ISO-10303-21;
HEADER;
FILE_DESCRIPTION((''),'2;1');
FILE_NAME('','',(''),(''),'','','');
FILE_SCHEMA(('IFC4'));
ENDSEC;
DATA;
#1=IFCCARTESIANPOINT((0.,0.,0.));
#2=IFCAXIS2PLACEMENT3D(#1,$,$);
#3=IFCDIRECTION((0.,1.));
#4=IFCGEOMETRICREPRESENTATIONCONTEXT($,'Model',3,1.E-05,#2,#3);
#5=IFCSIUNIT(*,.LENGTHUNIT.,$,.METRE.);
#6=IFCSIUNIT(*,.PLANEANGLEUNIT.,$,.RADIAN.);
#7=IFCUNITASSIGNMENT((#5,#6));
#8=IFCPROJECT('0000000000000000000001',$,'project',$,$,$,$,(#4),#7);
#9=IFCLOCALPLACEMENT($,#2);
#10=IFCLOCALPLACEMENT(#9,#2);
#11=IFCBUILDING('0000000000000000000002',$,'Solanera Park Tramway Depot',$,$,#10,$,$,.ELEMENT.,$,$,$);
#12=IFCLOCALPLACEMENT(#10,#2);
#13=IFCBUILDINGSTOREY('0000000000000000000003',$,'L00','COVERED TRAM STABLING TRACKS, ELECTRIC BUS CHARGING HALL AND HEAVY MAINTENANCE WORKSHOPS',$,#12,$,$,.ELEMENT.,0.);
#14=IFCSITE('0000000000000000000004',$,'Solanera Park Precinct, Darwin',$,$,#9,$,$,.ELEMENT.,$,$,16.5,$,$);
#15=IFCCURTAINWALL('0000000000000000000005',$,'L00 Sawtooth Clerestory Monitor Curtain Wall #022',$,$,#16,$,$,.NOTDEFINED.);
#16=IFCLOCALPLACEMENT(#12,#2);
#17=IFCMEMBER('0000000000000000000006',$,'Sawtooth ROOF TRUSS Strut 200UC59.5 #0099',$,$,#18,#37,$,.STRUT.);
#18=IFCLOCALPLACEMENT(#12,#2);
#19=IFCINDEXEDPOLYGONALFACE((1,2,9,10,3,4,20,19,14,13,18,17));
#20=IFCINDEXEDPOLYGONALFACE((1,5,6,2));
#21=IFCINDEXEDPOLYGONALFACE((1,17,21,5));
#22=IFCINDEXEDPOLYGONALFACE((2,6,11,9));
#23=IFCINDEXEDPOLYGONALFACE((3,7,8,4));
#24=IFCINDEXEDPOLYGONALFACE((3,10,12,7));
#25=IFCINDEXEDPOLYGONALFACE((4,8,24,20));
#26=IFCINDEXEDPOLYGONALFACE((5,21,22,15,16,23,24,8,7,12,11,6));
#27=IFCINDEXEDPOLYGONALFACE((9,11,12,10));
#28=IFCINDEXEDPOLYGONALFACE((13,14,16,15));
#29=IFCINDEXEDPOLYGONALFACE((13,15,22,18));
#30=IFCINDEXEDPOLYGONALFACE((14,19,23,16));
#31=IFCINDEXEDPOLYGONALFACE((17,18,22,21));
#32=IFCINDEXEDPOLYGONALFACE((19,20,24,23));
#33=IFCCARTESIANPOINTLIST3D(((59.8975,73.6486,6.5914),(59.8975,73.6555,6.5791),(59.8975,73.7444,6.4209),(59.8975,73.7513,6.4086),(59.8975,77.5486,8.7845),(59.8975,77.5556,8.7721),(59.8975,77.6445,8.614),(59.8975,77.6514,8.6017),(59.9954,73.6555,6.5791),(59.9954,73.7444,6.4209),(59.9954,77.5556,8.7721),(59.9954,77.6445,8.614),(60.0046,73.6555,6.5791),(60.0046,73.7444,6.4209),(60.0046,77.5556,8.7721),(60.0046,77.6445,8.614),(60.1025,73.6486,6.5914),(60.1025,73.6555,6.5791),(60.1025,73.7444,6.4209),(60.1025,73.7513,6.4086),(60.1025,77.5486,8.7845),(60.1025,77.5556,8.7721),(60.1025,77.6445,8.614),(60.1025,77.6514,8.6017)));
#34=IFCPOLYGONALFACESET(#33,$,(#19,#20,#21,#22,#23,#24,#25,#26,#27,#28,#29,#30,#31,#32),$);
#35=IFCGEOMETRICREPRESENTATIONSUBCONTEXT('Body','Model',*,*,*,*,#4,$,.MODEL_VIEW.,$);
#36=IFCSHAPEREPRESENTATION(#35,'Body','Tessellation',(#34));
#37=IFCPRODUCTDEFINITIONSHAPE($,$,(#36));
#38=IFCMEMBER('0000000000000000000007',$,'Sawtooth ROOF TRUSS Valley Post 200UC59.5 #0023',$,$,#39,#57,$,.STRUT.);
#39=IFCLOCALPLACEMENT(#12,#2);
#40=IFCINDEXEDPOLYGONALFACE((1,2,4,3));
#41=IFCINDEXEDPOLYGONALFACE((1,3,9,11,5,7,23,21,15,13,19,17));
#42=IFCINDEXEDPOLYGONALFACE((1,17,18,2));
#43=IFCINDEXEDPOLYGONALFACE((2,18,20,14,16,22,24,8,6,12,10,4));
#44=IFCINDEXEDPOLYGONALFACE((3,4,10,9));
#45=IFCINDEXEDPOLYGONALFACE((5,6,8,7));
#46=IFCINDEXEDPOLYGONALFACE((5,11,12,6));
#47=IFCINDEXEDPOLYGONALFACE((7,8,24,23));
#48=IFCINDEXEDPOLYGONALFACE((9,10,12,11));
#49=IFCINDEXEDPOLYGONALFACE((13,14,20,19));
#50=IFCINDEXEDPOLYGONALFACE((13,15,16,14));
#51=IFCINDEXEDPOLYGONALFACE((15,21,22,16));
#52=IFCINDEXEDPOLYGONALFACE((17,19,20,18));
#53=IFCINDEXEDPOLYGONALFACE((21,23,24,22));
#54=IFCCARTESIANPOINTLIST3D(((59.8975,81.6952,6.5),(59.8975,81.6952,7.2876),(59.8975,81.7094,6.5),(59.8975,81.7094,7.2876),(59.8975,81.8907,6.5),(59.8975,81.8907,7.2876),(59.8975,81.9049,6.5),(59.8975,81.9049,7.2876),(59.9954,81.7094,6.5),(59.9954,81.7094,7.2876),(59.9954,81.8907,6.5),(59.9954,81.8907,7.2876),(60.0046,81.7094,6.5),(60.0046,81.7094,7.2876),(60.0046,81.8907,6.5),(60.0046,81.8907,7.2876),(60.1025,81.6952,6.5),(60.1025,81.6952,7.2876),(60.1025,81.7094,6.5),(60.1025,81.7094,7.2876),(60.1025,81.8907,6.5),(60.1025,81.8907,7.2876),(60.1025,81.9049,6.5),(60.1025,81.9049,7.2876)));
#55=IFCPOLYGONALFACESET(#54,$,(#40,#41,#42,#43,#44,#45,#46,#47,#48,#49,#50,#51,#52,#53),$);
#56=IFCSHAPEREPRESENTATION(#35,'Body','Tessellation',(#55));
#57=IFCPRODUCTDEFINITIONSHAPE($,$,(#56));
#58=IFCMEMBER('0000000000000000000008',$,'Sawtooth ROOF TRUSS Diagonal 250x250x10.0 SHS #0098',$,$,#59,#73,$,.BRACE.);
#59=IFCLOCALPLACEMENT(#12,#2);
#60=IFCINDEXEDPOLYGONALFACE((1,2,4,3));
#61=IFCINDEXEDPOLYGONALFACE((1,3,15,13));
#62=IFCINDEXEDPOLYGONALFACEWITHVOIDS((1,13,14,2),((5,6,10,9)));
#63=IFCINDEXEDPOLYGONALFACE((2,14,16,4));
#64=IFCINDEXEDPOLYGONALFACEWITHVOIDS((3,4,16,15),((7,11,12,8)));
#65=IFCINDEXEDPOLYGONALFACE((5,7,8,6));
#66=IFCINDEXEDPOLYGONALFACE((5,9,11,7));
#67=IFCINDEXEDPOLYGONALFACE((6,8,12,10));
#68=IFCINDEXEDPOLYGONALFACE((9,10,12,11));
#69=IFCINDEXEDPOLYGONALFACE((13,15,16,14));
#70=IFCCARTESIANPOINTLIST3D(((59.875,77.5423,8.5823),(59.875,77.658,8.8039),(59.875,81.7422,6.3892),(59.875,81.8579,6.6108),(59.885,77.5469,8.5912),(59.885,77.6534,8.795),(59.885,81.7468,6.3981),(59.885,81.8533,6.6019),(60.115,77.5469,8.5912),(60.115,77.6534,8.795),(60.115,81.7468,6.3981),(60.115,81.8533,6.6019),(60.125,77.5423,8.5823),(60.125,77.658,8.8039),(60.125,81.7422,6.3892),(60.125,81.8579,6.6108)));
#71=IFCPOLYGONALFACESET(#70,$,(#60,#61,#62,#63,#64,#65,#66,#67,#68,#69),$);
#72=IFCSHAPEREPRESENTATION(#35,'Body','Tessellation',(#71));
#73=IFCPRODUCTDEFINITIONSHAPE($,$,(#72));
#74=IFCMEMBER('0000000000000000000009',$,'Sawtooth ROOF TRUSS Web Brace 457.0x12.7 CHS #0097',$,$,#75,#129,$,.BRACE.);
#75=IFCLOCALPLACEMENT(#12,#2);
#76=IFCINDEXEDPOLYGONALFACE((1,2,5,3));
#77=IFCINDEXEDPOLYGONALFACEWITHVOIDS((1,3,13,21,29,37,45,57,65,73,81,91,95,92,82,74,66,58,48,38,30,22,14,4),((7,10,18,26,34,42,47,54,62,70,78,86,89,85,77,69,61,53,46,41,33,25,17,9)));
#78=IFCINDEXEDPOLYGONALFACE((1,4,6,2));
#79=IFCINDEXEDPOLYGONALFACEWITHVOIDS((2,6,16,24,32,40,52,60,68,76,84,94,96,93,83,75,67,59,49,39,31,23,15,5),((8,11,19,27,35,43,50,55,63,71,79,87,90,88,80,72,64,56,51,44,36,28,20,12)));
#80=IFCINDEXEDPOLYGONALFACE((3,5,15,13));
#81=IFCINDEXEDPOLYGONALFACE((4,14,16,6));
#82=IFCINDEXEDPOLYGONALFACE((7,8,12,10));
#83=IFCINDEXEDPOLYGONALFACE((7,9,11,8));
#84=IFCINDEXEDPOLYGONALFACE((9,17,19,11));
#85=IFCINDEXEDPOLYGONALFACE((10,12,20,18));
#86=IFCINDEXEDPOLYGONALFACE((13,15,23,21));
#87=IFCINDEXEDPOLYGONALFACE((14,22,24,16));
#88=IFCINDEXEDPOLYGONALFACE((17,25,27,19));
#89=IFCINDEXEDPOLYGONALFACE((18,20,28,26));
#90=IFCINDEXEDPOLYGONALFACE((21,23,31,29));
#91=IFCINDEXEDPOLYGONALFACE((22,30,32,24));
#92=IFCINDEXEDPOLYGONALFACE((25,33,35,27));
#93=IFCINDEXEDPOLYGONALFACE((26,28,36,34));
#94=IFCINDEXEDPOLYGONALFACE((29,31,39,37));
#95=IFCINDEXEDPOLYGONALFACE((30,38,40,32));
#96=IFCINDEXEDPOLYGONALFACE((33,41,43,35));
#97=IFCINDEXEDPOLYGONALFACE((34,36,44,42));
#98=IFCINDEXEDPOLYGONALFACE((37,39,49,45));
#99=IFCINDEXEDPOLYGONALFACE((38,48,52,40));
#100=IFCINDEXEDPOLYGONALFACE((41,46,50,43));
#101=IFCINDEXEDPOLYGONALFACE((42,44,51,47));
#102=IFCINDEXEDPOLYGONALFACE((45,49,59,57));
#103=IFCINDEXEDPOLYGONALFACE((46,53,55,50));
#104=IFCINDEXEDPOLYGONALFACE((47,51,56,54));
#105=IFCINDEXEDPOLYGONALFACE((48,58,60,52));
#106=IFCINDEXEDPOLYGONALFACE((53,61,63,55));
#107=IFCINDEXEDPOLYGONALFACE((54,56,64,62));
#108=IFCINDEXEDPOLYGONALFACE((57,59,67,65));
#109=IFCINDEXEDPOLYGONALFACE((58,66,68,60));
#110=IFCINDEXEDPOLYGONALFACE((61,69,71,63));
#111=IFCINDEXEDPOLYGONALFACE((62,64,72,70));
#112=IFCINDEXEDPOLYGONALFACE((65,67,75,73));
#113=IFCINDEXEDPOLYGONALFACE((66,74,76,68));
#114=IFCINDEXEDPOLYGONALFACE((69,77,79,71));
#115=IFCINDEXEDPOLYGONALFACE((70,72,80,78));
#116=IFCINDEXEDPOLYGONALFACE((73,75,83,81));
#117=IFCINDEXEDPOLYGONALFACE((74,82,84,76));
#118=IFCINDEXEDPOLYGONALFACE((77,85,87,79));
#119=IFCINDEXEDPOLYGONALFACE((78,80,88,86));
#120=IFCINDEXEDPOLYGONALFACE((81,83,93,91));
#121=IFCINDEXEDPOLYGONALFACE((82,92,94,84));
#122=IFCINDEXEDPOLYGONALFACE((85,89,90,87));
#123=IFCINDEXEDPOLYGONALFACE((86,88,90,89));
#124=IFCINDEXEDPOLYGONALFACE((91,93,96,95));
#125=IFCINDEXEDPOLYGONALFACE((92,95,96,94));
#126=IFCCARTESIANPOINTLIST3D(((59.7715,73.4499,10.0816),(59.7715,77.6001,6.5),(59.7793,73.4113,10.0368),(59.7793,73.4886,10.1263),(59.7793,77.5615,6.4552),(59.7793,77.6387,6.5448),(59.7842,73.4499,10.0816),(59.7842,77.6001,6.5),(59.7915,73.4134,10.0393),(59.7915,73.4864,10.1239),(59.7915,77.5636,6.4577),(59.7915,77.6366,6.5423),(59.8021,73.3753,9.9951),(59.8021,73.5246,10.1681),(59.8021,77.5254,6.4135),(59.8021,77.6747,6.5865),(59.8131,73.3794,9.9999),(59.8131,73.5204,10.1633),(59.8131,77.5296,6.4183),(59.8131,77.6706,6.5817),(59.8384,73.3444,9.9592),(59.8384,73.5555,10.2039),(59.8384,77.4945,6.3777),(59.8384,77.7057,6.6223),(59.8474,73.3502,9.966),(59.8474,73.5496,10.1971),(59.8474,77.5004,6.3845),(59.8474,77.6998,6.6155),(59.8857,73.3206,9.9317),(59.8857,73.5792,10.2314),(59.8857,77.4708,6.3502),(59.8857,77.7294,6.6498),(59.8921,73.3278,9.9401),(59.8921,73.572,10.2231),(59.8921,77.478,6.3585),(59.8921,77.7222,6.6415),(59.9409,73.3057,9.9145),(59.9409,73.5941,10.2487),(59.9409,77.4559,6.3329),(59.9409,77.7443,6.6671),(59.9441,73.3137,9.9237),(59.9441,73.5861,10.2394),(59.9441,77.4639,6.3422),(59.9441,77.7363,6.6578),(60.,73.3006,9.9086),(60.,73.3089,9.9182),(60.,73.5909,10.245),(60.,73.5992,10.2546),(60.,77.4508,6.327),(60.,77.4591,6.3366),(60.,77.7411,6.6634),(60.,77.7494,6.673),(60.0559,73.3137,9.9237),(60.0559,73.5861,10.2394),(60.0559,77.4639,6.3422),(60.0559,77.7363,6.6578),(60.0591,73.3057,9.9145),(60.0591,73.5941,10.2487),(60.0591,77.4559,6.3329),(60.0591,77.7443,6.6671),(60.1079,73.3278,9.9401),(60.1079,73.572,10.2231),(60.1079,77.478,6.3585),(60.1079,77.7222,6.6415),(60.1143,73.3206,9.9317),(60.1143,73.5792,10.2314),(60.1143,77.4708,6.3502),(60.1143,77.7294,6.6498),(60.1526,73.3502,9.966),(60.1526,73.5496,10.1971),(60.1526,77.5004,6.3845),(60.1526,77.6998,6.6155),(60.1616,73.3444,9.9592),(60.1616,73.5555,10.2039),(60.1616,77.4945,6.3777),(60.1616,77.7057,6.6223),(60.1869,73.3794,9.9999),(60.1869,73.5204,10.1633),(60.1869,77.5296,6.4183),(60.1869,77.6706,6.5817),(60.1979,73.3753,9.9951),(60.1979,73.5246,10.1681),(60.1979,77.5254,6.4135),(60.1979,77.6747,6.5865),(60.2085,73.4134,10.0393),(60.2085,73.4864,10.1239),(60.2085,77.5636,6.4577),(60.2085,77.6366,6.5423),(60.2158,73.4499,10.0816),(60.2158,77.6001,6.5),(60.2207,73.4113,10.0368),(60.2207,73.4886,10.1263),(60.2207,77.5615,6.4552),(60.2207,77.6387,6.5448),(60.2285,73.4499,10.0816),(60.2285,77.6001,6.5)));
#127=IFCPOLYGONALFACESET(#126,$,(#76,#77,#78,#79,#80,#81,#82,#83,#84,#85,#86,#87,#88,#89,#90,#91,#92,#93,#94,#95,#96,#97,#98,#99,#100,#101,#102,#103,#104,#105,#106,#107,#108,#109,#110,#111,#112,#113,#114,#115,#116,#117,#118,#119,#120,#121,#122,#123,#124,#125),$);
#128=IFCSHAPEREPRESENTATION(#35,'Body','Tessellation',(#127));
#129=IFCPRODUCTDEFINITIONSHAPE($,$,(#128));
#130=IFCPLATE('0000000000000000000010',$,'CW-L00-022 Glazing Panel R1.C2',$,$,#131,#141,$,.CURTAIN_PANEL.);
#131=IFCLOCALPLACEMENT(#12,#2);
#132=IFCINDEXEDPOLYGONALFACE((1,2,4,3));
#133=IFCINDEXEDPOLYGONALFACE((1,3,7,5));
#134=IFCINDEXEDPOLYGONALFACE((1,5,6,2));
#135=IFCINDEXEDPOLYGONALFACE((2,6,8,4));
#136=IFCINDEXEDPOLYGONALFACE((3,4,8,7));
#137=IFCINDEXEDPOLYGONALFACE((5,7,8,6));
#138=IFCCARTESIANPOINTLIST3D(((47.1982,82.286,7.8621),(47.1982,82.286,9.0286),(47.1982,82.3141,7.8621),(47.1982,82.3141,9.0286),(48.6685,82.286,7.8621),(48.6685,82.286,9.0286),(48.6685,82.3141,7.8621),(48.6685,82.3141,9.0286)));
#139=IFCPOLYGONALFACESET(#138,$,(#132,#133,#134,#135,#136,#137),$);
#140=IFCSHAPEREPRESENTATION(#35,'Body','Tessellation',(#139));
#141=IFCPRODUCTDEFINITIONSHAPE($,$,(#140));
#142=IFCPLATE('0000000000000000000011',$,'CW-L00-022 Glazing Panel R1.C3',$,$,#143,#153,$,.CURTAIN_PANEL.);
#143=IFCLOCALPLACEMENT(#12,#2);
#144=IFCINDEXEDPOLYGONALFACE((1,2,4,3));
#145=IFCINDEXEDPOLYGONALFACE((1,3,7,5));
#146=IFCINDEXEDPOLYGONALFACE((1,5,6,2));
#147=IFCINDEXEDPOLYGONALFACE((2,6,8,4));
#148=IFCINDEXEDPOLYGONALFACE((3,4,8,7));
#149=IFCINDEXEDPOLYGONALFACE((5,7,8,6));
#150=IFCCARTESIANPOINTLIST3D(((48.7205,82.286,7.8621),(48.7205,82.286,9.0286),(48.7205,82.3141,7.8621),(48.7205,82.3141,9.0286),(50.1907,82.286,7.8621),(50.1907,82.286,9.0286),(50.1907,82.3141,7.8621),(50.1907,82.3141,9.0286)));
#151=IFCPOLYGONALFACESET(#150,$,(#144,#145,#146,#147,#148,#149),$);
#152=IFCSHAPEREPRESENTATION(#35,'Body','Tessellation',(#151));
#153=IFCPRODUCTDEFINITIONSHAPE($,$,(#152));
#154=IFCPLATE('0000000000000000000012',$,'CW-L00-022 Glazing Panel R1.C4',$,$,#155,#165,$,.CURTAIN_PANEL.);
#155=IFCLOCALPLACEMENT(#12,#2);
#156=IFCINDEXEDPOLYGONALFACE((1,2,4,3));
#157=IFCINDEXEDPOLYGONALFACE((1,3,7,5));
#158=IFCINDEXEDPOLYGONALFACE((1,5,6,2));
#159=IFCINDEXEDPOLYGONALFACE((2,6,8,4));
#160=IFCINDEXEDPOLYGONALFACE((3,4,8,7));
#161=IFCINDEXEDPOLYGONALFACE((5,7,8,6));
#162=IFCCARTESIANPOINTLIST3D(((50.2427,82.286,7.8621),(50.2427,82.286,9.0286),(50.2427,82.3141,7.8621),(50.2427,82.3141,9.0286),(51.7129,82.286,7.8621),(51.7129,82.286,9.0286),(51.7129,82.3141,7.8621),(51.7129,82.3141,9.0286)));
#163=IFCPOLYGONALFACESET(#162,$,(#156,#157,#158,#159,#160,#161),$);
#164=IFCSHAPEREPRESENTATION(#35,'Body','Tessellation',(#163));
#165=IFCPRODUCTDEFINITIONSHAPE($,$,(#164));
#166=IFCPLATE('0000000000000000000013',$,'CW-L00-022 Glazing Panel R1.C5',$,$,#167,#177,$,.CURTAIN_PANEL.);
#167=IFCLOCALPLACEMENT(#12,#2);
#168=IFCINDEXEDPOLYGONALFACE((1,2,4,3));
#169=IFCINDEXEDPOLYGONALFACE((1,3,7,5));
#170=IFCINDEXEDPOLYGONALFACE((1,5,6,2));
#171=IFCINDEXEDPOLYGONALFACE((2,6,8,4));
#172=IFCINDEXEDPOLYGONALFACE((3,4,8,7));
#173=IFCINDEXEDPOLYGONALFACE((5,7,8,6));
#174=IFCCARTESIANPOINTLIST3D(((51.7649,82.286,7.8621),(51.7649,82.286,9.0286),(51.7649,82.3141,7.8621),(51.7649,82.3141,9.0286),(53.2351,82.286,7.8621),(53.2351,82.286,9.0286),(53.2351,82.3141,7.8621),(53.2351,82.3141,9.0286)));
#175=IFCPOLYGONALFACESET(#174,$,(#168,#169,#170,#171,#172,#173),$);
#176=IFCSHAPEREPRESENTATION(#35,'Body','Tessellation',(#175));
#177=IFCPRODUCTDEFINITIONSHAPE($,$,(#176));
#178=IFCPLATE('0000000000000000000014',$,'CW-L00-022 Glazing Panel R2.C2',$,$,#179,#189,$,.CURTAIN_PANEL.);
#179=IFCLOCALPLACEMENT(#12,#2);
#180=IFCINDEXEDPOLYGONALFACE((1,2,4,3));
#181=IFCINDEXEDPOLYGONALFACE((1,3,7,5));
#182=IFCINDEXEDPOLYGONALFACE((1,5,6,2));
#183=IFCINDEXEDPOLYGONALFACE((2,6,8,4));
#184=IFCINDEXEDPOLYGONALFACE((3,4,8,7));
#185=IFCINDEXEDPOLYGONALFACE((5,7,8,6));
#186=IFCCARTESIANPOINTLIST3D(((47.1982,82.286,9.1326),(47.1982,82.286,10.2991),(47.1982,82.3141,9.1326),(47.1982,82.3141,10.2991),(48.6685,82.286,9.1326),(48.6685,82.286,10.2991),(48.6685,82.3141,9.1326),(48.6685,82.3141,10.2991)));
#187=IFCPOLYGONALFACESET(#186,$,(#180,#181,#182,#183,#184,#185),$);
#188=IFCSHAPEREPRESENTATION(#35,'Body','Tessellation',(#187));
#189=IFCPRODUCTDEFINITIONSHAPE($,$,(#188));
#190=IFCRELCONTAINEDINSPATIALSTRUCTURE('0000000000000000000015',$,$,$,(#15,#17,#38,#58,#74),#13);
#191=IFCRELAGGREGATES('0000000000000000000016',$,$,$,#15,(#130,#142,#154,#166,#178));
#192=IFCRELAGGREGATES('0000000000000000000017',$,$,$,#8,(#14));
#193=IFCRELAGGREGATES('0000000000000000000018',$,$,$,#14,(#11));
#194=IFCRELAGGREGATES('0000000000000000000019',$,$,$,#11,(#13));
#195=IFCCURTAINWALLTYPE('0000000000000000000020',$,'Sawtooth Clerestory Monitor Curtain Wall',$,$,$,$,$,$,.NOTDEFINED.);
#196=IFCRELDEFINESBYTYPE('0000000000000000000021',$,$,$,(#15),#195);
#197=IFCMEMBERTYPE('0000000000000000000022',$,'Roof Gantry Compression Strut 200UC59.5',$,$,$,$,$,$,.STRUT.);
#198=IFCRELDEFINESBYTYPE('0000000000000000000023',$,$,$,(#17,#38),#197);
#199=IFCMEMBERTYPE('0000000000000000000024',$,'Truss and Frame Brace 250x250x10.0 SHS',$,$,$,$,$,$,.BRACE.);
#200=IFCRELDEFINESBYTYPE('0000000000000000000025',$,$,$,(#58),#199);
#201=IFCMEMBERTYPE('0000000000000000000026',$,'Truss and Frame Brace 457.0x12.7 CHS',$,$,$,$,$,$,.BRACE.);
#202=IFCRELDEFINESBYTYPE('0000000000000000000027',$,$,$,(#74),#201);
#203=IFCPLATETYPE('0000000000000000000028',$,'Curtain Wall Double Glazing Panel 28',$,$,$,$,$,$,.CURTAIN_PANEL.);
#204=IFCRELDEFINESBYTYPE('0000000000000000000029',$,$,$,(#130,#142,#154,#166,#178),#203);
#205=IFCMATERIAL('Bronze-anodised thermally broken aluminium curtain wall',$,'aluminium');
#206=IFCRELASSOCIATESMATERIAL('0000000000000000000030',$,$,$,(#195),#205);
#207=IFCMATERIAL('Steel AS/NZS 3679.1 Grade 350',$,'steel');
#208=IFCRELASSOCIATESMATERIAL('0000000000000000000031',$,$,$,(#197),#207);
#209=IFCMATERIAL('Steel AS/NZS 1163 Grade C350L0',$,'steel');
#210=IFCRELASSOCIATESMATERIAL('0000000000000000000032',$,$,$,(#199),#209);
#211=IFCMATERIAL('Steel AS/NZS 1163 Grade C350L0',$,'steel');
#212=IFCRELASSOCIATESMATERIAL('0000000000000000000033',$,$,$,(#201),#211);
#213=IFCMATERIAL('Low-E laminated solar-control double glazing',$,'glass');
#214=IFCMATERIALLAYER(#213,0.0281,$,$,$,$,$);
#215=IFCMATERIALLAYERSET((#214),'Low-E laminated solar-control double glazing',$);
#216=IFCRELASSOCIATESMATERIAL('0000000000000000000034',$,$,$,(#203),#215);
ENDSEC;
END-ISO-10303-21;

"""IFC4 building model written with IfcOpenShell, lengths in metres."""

from ifc_helpers import new_model, si_unit, direction, frame, origin, origin_2d, place, context, subcontext, project, spatial, rectangle, hollow_rectangle, hollow_circle, i_section, extrude, material, layer, layer_set, material_profile, profile_set, type_object, element, aggregate, save


model = new_model("IFC4")

# Units and contexts
model_context = context("Model", 3, precision=1e-05, world=origin(), true_north=direction((0.0, 1.0)))
body_context = subcontext(model_context, "Body", "Model", "MODEL_VIEW")
ifc_project = project(units=[si_unit("LENGTHUNIT", "METRE"), si_unit("PLANEANGLEUNIT", "RADIAN")], contexts=[model_context])

# Site, building, storey
site_placement = place(None, origin())
site = spatial("IfcSite", under=ifc_project, at=site_placement, Name="Solanera Park Precinct, Darwin", CompositionType="ELEMENT", RefElevation=16.5)
building_placement = place(site_placement, origin())
building = spatial("IfcBuilding", under=site, at=building_placement, Name="Solanera Park Tramway Depot", CompositionType="ELEMENT")
storey_placement = place(building_placement, origin())
storey = spatial("IfcBuildingStorey", under=building, at=storey_placement, Name="L00", Description="COVERED TRAM STABLING TRACKS, ELECTRIC BUS CHARGING HALL AND HEAVY MAINTENANCE WORKSHOPS", CompositionType="ELEMENT", Elevation=0.0)

# Curtain wall
ifc_material_1 = material(Name="Bronze-anodised thermally broken aluminium curtain wall", Category="aluminium")
curtain_wall_type = type_object("IfcCurtainWallType", Name="Sawtooth Clerestory Monitor Curtain Wall", PredefinedType="NOTDEFINED", material=ifc_material_1)
curtain_wall_placement = place(storey_placement, origin())
curtain_wall = element("IfcCurtainWall", 1, at=curtain_wall_placement, inside=storey, type_object=curtain_wall_type, Name="L00 Sawtooth Clerestory Monitor Curtain Wall #022", PredefinedType="NOTDEFINED")

# Members
ifc_material_2 = material(Name="Steel AS/NZS 3679.1 Grade 350", Category="steel")
ifc_material_profile_1 = material_profile(ifc_material_2, i_section(OverallWidth=0.2051, OverallDepth=0.2097, WebThickness=0.0093, FlangeThickness=0.0142, at=origin_2d()), Name="200UC59.5")
ifc_profile_set_1 = profile_set([ifc_material_profile_1], Name="Steel AS/NZS 3679.1 Grade 350")
member_type_1 = type_object("IfcMemberType", Name="Roof Gantry Compression Strut 200UC59.5", PredefinedType="STRUT", material=ifc_profile_set_1)
member_1_placement = place(storey_placement, frame((60.0, 73.7, 6.5), z_axis=(0.0, 0.871644, 0.490139), x_axis=(-1.0, 0.0, 0.0)))
element("IfcMember", 2, at=member_1_placement, inside=storey, type_object=member_type_1, Name="Sawtooth ROOF TRUSS Strut 200UC59.5 #0099", PredefinedType="STRUT", context=body_context, shape_type="SweptSolid", body=[
    extrude(i_section(OverallWidth=0.2051, OverallDepth=0.2097, WebThickness=0.0093, FlangeThickness=0.0142, at=origin_2d()), origin(), (0.0, 0.0, 1.0), 4.4744),
])
member_2_placement = place(storey_placement, frame((60.0, 81.8, 6.5), z_axis=(0.0, 0.0, 1.0), x_axis=(1.0, 0.0, 0.0)))
element("IfcMember", 3, at=member_2_placement, inside=storey, type_object=member_type_1, Name="Sawtooth ROOF TRUSS Valley Post 200UC59.5 #0023", PredefinedType="STRUT", context=body_context, shape_type="SweptSolid", body=[
    extrude(i_section(OverallWidth=0.2051, OverallDepth=0.2097, WebThickness=0.0093, FlangeThickness=0.0142, at=origin_2d()), origin(), (0.0, 0.0, 1.0), 0.7876),
])
ifc_material_3 = material(Name="Steel AS/NZS 1163 Grade C350L0", Category="steel")
ifc_material_profile_2 = material_profile(ifc_material_3, hollow_rectangle(XDim=0.25, YDim=0.25, WallThickness=0.01, at=origin_2d()), Name="250x250x10.0 SHS")
ifc_profile_set_2 = profile_set([ifc_material_profile_2], Name="Steel AS/NZS 1163 Grade C350L0")
member_type_2 = type_object("IfcMemberType", Name="Truss and Frame Brace 250x250x10.0 SHS", PredefinedType="BRACE", material=ifc_profile_set_2)
member_3_placement = place(storey_placement, frame((60.0, 81.8, 6.5), z_axis=(0.0, -0.886426, 0.462871), x_axis=(1.0, 0.0, 0.0)))
element("IfcMember", 4, at=member_3_placement, inside=storey, type_object=member_type_2, Name="Sawtooth ROOF TRUSS Diagonal 250x250x10.0 SHS #0098", PredefinedType="BRACE", context=body_context, shape_type="SweptSolid", body=[
    extrude(hollow_rectangle(XDim=0.25, YDim=0.25, WallThickness=0.01, at=origin_2d()), origin(), (0.0, 0.0, 1.0), 4.738),
])
ifc_material_4 = material(Name="Steel AS/NZS 1163 Grade C350L0", Category="steel")
ifc_material_profile_3 = material_profile(ifc_material_4, hollow_circle(Radius=0.2285, WallThickness=0.0127, at=origin_2d()), Name="457.0x12.7 CHS")
ifc_profile_set_3 = profile_set([ifc_material_profile_3], Name="Steel AS/NZS 1163 Grade C350L0")
member_type_3 = type_object("IfcMemberType", Name="Truss and Frame Brace 457.0x12.7 CHS", PredefinedType="BRACE", material=ifc_profile_set_3)
member_4_placement = place(storey_placement, frame((60.0, 77.6001, 6.5), z_axis=(0.0, -0.757064, 0.65334), x_axis=(1.0, 0.0, 0.0)))
element("IfcMember", 5, at=member_4_placement, inside=storey, type_object=member_type_3, Name="Sawtooth ROOF TRUSS Web Brace 457.0x12.7 CHS #0097", PredefinedType="BRACE", context=body_context, shape_type="SweptSolid", body=[
    extrude(hollow_circle(Radius=0.2285, WallThickness=0.0127, at=origin_2d()), origin(), (0.0, 0.0, 1.0), 5.4819),
])

# Plates
ifc_material_5 = material(Name="Low-E laminated solar-control double glazing", Category="glass")
ifc_layer_1 = layer(ifc_material_5, 0.0281)
ifc_layer_set_1 = layer_set([ifc_layer_1], Name="Low-E laminated solar-control double glazing")
plate_type_1 = type_object("IfcPlateType", Name="Curtain Wall Double Glazing Panel 28", PredefinedType="CURTAIN_PANEL", material=ifc_layer_set_1)
plate_1_placement = place(storey_placement, frame((47.9333, 82.3, 7.8621), z_axis=(0.0, 0.0, 1.0), x_axis=(1.0, 0.0, 0.0)))
plate_1 = element("IfcPlate", 6, at=plate_1_placement, type_object=plate_type_1, Name="CW-L00-022 Glazing Panel R1.C2", PredefinedType="CURTAIN_PANEL", context=body_context, shape_type="SweptSolid", body=[
    extrude(rectangle(XDim=1.4702, YDim=0.0281, at=origin_2d()), origin(), (0.0, 0.0, 1.0), 1.1665),
])
plate_2_placement = place(storey_placement, frame((49.4556, 82.3, 7.8621), z_axis=(0.0, 0.0, 1.0), x_axis=(1.0, 0.0, 0.0)))
plate_2 = element("IfcPlate", 7, at=plate_2_placement, type_object=plate_type_1, Name="CW-L00-022 Glazing Panel R1.C3", PredefinedType="CURTAIN_PANEL", context=body_context, shape_type="SweptSolid", body=[
    extrude(rectangle(XDim=1.4702, YDim=0.0281, at=origin_2d()), origin(), (0.0, 0.0, 1.0), 1.1665),
])
plate_3_placement = place(storey_placement, frame((50.9778, 82.3, 7.8621), z_axis=(0.0, 0.0, 1.0), x_axis=(1.0, 0.0, 0.0)))
plate_3 = element("IfcPlate", 8, at=plate_3_placement, type_object=plate_type_1, Name="CW-L00-022 Glazing Panel R1.C4", PredefinedType="CURTAIN_PANEL", context=body_context, shape_type="SweptSolid", body=[
    extrude(rectangle(XDim=1.4702, YDim=0.0281, at=origin_2d()), origin(), (0.0, 0.0, 1.0), 1.1665),
])
plate_4_placement = place(storey_placement, frame((52.5, 82.3, 7.8621), z_axis=(0.0, 0.0, 1.0), x_axis=(1.0, 0.0, 0.0)))
plate_4 = element("IfcPlate", 9, at=plate_4_placement, type_object=plate_type_1, Name="CW-L00-022 Glazing Panel R1.C5", PredefinedType="CURTAIN_PANEL", context=body_context, shape_type="SweptSolid", body=[
    extrude(rectangle(XDim=1.4702, YDim=0.0281, at=origin_2d()), origin(), (0.0, 0.0, 1.0), 1.1665),
])
plate_5_placement = place(storey_placement, frame((47.9333, 82.3, 9.1326), z_axis=(0.0, 0.0, 1.0), x_axis=(1.0, 0.0, 0.0)))
plate_5 = element("IfcPlate", 10, at=plate_5_placement, type_object=plate_type_1, Name="CW-L00-022 Glazing Panel R2.C2", PredefinedType="CURTAIN_PANEL", context=body_context, shape_type="SweptSolid", body=[
    extrude(rectangle(XDim=1.4702, YDim=0.0281, at=origin_2d()), origin(), (0.0, 0.0, 1.0), 1.1665),
])
aggregate(curtain_wall, [plate_1, plate_2, plate_3, plate_4, plate_5])

save(model, "model.ifc")
